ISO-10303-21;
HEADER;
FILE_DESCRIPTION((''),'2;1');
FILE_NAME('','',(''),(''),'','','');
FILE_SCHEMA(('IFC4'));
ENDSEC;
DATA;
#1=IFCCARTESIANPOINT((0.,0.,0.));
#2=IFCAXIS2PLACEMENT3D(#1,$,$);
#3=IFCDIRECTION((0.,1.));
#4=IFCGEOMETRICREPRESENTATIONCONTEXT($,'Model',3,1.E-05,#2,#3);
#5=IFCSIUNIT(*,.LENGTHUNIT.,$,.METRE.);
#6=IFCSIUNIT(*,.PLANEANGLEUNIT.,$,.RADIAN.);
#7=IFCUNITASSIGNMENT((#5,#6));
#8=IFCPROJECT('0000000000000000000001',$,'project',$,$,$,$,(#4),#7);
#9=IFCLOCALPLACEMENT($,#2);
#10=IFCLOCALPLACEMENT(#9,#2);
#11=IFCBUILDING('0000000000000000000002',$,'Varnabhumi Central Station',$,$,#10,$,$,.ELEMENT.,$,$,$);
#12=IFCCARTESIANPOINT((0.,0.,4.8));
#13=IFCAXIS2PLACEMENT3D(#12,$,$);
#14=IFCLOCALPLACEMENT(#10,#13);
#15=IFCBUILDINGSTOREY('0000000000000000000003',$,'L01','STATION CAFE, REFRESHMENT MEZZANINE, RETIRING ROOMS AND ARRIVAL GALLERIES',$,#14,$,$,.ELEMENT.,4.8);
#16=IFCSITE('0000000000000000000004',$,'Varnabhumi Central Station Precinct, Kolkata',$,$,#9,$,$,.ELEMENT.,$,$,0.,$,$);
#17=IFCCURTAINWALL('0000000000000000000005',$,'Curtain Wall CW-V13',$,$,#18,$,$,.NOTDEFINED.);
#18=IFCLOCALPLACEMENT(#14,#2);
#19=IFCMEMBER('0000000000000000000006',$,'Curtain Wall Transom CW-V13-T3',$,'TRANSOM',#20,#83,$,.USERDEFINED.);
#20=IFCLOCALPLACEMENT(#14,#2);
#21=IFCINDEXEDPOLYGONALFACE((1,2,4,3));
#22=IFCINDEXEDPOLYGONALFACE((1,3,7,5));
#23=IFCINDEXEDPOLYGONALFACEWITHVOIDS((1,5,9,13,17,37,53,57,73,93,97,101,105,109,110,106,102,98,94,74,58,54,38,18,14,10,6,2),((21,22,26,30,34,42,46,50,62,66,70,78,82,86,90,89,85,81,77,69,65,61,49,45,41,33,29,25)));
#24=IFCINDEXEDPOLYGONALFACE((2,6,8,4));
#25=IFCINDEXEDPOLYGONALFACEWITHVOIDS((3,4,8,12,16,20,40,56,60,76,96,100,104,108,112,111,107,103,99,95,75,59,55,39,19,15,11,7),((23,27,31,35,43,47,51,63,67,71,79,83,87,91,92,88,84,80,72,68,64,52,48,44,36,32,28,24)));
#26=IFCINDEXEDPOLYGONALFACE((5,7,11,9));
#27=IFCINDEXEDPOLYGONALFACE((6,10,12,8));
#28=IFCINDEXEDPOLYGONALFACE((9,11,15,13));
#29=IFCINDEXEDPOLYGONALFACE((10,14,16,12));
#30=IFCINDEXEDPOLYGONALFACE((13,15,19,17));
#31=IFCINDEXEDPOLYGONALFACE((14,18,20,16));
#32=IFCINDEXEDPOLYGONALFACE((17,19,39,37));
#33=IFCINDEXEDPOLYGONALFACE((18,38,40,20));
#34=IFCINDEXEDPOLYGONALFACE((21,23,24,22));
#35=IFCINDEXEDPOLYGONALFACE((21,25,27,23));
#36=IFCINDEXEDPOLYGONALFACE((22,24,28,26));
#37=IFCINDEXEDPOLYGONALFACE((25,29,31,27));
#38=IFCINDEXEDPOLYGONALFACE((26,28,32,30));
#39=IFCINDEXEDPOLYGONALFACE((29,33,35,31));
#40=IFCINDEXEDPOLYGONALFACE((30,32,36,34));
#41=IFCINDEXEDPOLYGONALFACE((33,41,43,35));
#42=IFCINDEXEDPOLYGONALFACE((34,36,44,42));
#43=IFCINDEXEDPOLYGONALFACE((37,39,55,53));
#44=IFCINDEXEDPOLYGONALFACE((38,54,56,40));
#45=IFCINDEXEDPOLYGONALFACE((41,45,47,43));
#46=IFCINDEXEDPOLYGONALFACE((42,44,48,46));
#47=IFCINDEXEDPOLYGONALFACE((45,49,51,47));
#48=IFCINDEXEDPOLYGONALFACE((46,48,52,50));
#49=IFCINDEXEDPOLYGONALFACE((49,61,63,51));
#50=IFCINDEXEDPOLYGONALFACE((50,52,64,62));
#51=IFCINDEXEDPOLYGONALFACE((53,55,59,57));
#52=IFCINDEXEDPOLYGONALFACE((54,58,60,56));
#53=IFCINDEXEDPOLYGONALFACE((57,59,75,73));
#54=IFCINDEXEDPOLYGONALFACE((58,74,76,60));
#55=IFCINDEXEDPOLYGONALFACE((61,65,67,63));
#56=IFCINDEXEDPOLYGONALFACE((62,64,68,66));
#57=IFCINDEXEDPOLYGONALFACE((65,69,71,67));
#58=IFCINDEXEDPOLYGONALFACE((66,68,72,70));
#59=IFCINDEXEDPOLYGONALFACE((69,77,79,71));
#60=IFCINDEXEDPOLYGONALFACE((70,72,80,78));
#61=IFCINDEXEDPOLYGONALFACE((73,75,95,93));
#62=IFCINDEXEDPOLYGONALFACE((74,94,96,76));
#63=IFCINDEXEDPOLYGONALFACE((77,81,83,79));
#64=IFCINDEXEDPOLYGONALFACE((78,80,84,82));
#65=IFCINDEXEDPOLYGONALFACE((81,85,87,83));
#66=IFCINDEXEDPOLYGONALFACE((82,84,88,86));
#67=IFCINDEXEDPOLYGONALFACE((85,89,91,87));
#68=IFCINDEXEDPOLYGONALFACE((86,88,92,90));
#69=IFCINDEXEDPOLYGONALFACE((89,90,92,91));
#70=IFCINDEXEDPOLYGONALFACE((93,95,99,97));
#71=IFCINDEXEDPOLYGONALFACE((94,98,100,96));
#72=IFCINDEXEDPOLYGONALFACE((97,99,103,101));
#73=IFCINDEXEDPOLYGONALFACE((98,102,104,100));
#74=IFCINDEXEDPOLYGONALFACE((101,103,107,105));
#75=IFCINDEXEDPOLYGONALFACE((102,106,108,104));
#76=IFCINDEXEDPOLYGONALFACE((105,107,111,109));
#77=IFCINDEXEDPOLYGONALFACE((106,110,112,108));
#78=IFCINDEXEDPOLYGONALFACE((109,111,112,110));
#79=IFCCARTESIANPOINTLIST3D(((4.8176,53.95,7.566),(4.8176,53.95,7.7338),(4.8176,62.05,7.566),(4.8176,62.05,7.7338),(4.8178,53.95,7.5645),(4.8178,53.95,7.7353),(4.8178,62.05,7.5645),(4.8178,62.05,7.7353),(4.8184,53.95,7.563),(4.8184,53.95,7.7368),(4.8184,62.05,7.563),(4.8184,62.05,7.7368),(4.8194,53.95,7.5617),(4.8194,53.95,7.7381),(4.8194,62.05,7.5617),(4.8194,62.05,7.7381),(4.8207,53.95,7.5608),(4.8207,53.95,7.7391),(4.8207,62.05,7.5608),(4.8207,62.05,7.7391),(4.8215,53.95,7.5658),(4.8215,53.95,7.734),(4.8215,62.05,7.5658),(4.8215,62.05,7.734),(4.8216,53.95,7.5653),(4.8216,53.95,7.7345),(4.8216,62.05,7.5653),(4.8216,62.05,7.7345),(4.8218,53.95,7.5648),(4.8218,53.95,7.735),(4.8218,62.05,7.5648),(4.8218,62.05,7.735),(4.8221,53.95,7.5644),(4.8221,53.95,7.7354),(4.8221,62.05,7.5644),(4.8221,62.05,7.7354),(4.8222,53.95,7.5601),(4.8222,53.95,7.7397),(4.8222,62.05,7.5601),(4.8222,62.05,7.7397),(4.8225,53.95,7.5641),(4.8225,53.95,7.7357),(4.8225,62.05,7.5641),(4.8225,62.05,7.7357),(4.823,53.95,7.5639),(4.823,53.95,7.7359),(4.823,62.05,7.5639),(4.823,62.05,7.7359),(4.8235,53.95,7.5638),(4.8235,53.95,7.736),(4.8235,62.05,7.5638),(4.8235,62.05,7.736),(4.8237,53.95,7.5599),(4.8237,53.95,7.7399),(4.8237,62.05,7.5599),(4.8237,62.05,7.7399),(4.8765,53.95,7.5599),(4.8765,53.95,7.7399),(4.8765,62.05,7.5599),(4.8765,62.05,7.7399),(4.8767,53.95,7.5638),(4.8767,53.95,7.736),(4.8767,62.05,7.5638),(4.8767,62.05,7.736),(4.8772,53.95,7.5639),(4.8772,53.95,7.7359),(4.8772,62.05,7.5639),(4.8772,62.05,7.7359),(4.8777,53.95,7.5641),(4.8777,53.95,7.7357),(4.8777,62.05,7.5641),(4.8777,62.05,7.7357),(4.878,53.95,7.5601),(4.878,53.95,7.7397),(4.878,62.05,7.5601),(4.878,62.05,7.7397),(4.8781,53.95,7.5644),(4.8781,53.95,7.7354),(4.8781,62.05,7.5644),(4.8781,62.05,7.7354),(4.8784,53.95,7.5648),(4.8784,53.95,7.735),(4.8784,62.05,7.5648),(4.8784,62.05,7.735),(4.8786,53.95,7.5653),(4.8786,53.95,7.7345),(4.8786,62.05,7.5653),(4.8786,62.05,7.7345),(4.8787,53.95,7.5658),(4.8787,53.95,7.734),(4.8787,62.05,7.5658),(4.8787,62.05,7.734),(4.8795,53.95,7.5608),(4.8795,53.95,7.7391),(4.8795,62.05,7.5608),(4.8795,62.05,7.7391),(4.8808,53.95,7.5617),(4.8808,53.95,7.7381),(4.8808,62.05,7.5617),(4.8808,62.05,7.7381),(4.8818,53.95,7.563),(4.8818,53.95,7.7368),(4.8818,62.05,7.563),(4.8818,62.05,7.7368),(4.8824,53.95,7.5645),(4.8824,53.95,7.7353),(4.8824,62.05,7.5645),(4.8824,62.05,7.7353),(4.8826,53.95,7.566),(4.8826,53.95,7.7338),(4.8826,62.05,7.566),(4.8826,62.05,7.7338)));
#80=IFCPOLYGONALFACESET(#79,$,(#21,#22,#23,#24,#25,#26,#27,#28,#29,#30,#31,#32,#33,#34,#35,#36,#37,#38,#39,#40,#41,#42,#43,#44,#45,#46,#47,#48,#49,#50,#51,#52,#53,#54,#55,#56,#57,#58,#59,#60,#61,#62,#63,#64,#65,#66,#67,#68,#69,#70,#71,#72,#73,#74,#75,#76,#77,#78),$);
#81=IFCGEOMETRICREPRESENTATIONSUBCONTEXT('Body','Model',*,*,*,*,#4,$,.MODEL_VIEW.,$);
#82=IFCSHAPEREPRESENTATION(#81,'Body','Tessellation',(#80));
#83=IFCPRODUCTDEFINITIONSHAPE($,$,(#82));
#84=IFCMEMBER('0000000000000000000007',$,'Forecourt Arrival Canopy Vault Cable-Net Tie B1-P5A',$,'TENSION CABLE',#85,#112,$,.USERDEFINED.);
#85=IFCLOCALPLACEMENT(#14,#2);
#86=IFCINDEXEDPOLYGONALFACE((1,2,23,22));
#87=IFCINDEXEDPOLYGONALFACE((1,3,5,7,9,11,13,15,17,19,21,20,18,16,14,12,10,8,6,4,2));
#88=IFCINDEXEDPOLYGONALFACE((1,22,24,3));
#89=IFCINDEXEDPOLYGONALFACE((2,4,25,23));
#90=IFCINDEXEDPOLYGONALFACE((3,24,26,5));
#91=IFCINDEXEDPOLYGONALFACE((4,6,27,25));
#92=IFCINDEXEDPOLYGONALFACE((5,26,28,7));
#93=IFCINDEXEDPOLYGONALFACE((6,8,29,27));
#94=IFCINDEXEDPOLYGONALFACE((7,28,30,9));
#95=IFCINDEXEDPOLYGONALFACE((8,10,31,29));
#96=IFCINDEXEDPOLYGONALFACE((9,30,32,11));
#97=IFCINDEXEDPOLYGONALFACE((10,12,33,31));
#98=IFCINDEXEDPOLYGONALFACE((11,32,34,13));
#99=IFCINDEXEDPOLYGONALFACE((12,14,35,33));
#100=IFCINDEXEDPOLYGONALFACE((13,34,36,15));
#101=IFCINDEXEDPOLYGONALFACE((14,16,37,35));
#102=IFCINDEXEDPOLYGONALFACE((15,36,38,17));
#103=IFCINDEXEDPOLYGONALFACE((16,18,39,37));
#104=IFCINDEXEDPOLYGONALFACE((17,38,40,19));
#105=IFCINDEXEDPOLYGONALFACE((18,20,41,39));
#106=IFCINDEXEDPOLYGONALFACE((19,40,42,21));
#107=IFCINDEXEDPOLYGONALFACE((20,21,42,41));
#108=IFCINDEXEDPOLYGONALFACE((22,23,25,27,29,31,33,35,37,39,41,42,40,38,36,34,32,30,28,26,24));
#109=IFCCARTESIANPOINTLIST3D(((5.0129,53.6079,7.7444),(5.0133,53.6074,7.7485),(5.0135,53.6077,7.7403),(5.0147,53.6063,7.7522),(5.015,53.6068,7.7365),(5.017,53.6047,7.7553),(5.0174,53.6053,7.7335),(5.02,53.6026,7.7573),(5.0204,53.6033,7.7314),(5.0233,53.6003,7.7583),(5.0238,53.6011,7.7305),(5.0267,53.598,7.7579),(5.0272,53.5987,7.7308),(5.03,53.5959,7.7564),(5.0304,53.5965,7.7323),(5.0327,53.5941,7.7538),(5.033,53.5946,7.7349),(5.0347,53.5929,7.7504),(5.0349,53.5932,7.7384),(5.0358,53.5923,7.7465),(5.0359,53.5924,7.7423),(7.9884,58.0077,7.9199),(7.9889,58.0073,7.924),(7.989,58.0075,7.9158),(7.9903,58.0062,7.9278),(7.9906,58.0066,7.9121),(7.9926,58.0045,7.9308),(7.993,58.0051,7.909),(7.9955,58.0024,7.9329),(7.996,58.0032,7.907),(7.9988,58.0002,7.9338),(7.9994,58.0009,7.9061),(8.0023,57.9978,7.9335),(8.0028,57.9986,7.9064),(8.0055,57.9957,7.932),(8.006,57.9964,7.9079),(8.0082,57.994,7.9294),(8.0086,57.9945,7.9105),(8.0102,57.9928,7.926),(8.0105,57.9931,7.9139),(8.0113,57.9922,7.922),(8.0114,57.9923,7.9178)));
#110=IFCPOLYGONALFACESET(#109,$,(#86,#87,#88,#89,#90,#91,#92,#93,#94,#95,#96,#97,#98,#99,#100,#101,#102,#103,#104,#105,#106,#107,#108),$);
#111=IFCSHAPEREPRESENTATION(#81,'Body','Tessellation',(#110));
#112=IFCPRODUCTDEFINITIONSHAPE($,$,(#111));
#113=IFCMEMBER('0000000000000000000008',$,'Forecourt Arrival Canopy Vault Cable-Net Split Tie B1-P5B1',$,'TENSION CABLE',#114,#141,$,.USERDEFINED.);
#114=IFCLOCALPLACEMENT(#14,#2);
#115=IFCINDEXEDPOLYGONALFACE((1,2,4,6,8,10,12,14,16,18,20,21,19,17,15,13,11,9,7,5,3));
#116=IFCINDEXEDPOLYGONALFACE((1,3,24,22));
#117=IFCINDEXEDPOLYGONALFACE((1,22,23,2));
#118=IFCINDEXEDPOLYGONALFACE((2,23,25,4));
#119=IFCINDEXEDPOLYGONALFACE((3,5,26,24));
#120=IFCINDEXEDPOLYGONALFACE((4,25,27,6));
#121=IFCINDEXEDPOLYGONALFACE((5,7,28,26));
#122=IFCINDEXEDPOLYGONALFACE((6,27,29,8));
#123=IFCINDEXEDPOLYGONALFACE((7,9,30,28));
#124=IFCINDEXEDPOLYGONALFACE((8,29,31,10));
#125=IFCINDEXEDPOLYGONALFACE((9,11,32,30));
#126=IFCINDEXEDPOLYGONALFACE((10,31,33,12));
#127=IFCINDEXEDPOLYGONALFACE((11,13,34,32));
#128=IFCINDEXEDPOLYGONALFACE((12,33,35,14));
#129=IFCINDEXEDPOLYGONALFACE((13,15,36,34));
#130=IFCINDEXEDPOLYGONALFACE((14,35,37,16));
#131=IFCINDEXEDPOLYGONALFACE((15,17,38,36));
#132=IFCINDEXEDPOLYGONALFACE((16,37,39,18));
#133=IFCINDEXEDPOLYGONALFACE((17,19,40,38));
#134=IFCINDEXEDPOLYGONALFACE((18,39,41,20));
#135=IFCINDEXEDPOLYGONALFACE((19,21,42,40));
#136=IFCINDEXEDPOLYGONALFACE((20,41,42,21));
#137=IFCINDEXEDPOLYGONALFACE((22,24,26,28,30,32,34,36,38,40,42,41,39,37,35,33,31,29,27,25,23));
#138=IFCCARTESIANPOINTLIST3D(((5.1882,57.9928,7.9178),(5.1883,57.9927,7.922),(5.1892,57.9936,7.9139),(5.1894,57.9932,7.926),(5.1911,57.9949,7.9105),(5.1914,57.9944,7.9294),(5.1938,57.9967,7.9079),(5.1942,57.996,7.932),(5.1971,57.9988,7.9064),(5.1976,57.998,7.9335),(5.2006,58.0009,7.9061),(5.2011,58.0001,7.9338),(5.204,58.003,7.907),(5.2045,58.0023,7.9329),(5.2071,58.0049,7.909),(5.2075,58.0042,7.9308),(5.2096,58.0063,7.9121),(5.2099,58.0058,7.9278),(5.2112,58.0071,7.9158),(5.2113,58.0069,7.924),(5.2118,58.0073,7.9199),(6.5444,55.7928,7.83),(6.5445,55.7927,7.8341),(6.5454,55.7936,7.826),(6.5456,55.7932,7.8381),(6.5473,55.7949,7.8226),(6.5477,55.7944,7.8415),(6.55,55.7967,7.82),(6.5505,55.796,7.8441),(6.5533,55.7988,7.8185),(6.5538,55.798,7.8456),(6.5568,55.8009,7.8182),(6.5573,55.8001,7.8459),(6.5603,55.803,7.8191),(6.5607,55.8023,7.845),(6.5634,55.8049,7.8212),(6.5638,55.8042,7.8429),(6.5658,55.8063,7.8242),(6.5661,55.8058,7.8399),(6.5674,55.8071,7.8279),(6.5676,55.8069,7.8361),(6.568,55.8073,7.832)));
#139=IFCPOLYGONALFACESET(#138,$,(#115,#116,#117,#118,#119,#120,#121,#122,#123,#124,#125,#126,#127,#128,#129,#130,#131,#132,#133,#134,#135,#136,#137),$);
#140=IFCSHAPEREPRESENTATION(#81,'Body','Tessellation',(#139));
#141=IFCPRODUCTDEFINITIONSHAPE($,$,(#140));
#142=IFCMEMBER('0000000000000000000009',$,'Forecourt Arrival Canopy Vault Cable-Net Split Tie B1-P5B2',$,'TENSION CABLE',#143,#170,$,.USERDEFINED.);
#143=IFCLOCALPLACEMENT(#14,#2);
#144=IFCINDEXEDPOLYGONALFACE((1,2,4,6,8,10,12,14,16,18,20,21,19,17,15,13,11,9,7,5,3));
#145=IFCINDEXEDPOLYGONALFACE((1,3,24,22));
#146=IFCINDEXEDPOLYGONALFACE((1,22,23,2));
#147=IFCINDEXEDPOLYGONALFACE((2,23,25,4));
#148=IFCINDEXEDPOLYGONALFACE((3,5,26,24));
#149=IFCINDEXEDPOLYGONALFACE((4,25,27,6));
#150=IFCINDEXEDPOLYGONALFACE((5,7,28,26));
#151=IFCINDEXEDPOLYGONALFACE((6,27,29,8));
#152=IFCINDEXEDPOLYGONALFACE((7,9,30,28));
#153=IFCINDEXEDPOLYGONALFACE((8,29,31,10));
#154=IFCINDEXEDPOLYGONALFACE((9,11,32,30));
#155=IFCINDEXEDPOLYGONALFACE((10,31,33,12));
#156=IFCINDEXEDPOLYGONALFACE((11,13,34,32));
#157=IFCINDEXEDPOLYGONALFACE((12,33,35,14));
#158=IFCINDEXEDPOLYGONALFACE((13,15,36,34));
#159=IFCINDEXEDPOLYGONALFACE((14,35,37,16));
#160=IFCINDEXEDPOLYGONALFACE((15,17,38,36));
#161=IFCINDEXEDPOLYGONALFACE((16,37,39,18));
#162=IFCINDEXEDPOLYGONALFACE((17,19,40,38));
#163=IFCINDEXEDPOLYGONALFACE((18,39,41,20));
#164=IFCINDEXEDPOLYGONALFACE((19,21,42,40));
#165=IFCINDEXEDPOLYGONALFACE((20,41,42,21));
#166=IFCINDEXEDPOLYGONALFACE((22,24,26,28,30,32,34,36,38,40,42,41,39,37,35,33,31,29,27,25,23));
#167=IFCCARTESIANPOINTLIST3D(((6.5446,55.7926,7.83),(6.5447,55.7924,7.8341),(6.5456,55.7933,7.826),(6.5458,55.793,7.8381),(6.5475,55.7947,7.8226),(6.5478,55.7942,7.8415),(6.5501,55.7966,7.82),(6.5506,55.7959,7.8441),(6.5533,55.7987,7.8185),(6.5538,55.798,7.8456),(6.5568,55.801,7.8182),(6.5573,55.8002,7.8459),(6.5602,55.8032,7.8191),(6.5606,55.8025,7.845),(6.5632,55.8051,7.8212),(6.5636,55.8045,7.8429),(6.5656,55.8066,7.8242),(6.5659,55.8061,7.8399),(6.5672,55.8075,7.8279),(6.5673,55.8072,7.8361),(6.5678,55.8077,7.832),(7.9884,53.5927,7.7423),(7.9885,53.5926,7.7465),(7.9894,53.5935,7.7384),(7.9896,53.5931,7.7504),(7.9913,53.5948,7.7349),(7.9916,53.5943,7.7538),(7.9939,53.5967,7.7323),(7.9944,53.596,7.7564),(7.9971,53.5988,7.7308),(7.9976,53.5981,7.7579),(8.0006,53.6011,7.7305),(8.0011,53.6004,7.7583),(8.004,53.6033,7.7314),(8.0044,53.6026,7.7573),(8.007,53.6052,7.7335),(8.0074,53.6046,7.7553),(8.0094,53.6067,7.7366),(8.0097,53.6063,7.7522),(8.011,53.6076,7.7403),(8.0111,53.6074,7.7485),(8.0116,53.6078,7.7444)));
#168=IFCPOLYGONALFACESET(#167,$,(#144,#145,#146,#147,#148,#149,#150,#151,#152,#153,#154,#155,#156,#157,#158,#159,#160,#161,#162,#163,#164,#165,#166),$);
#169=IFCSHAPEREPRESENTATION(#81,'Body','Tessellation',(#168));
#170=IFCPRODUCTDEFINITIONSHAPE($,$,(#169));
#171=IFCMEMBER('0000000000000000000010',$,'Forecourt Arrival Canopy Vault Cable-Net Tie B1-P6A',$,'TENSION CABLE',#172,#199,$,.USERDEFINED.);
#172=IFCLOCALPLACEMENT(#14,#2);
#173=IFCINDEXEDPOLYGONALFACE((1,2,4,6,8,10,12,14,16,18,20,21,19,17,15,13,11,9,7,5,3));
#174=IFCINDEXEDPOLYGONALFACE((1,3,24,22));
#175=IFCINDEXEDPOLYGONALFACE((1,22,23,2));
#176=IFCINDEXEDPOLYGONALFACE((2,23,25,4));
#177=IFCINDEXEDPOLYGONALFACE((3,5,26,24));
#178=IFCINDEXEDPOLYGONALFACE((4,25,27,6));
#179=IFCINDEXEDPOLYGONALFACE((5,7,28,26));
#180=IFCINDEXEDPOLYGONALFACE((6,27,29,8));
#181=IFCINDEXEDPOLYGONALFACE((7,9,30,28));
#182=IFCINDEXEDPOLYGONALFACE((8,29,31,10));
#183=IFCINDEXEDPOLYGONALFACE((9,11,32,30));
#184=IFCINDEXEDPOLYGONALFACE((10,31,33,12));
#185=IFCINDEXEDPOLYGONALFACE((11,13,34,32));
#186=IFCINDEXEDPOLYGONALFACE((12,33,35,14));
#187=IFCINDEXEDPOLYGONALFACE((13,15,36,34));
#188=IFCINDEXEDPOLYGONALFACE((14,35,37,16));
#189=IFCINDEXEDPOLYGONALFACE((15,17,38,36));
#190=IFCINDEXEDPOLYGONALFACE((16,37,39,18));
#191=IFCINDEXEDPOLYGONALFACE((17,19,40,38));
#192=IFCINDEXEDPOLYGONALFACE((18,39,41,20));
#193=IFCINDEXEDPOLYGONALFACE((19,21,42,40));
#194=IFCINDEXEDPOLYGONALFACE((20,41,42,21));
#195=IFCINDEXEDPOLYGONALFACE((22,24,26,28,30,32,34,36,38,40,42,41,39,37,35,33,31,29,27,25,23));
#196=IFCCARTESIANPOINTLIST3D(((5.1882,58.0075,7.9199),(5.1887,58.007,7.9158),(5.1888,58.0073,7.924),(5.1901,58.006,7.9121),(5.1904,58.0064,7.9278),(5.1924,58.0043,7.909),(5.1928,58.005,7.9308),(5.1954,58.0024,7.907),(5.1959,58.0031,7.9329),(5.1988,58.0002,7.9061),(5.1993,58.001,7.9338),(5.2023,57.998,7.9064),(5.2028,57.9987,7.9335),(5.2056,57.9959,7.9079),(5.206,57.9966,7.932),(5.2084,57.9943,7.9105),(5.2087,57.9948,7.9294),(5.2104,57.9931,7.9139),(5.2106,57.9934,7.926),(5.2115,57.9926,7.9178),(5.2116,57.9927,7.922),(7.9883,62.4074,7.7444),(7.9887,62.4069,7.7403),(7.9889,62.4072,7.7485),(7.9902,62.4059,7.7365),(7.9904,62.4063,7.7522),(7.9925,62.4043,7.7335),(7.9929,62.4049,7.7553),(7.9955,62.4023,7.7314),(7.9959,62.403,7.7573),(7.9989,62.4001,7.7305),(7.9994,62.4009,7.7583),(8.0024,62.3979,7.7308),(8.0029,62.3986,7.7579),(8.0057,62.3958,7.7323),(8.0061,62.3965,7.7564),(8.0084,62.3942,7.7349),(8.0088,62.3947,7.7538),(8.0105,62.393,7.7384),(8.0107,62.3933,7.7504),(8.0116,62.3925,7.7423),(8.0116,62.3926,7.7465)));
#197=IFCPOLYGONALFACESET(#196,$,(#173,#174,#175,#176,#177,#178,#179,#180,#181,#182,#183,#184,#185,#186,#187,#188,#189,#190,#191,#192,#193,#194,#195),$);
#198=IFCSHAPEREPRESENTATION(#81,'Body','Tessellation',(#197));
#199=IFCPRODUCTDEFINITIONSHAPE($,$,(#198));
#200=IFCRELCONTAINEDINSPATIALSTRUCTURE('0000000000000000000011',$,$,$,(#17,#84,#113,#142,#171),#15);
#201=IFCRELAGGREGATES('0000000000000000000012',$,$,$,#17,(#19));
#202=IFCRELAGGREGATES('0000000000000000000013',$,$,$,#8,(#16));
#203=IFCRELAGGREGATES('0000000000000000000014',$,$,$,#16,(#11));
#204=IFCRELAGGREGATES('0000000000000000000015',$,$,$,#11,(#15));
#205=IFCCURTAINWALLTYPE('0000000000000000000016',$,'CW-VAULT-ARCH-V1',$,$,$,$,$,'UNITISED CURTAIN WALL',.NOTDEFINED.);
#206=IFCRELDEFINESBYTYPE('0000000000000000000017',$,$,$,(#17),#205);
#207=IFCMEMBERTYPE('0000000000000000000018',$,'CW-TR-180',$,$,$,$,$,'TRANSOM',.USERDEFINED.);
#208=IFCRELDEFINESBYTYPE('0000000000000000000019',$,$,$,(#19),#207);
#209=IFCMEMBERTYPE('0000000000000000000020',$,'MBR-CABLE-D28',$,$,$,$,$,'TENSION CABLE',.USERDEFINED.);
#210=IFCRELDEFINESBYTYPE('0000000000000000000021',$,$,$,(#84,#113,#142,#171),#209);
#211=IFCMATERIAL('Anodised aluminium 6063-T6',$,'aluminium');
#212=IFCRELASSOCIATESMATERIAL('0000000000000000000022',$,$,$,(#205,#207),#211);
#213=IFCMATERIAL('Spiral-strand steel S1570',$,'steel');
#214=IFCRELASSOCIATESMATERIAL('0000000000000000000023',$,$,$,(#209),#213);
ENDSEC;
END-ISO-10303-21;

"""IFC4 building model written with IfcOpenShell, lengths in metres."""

from ifc_helpers import new_model, si_unit, direction, frame, origin, origin_2d, place, context, subcontext, project, spatial, hollow_rectangle, circle, extrude, material, material_profile, profile_set, type_object, element, aggregate, save


model = new_model("IFC4")

# Units and contexts
model_context = context("Model", 3, precision=1e-05, world=origin(), true_north=direction((0.0, 1.0)))
body_context = subcontext(model_context, "Body", "Model", "MODEL_VIEW")
ifc_project = project(units=[si_unit("LENGTHUNIT", "METRE"), si_unit("PLANEANGLEUNIT", "RADIAN")], contexts=[model_context])

# Site, building, storey
site_placement = place(None, origin())
site = spatial("IfcSite", under=ifc_project, at=site_placement, Name="Varnabhumi Central Station Precinct, Kolkata", CompositionType="ELEMENT", RefElevation=0.0)
building_placement = place(site_placement, origin())
building = spatial("IfcBuilding", under=site, at=building_placement, Name="Varnabhumi Central Station", CompositionType="ELEMENT")
storey_placement = place(building_placement, frame((0.0, 0.0, 4.8)))
storey = spatial("IfcBuildingStorey", under=building, at=storey_placement, Name="L01", Description="STATION CAFE, REFRESHMENT MEZZANINE, RETIRING ROOMS AND ARRIVAL GALLERIES", CompositionType="ELEMENT", Elevation=4.8)

# Shared definitions
ifc_material_1 = material(Name="Anodised aluminium 6063-T6", Category="aluminium")
curtain_wall_type = type_object("IfcCurtainWallType", Name="CW-VAULT-ARCH-V1", ElementType="UNITISED CURTAIN WALL", PredefinedType="NOTDEFINED", material=ifc_material_1)

# Curtain wall, member
curtain_wall_1_placement = place(storey_placement, origin())
curtain_wall_1 = element("IfcCurtainWall", 1, at=curtain_wall_1_placement, inside=storey, type_object=curtain_wall_type, Name="Curtain Wall CW-V13", PredefinedType="NOTDEFINED")
ifc_material_profile_1 = material_profile(ifc_material_1, hollow_rectangle(XDim=0.0649, YDim=0.1799, WallThickness=0.0039, InnerFilletRadius=0.002, OuterFilletRadius=0.0061, at=origin_2d()), Name="Anodised aluminium 6063-T6", Category="aluminium")
ifc_profile_set_1 = profile_set([ifc_material_profile_1], Name="Anodised aluminium 6063-T6")
member_type_1 = type_object("IfcMemberType", Name="CW-TR-180", ElementType="TRANSOM", PredefinedType="USERDEFINED", material=ifc_profile_set_1)
member_1_placement = place(storey_placement, frame((4.8501, 53.95, 7.6499), z_axis=(0.0, 1.0, 0.0), x_axis=(-1.0, 0.0, 0.0)))
member_1 = element("IfcMember", 2, at=member_1_placement, type_object=member_type_1, Name="Curtain Wall Transom CW-V13-T3", ObjectType="TRANSOM", PredefinedType="USERDEFINED", context=body_context, shape_type="SweptSolid", body=[
    extrude(hollow_rectangle(XDim=0.0649, YDim=0.1799, WallThickness=0.0039, InnerFilletRadius=0.002, OuterFilletRadius=0.0061, at=origin_2d()), origin(), (0.0, 0.0, 1.0), 8.1001),
])

# Members
ifc_material_2 = material(Name="Spiral-strand steel S1570", Category="steel")
ifc_material_profile_2 = material_profile(ifc_material_2, circle(Radius=0.0139, at=origin_2d()), Name="Spiral-strand steel S1570", Category="steel")
ifc_profile_set_2 = profile_set([ifc_material_profile_2], Name="Spiral-strand steel S1570")
member_type_2 = type_object("IfcMemberType", Name="MBR-CABLE-D28", ElementType="TENSION CABLE", PredefinedType="USERDEFINED", material=ifc_profile_set_2)
member_2_placement = place(storey_placement, frame((5.0244, 53.6001, 7.7444), z_axis=(0.559898, 0.827903, 0.03303), x_axis=(-0.828355, 0.560204, 0.0)))
element("IfcMember", 3, at=member_2_placement, inside=storey, type_object=member_type_2, Name="Forecourt Arrival Canopy Vault Cable-Net Tie B1-P5A", ObjectType="TENSION CABLE", PredefinedType="USERDEFINED", context=body_context, shape_type="SweptSolid", body=[
    extrude(circle(Radius=0.0139, at=origin_2d()), origin(), (0.0, 0.0, 1.0), 5.3145),
])
member_3_placement = place(storey_placement, frame((5.2, 58.0, 7.9199), z_axis=(0.524463, -0.850754, -0.033989), x_axis=(0.851246, 0.524767, 0.0)))
element("IfcMember", 4, at=member_3_placement, inside=storey, type_object=member_type_2, Name="Forecourt Arrival Canopy Vault Cable-Net Split Tie B1-P5B1", ObjectType="TENSION CABLE", PredefinedType="USERDEFINED", context=body_context, shape_type="SweptSolid", body=[
    extrude(circle(Radius=0.0139, at=origin_2d()), origin(), (0.0, 0.0, 1.0), 2.5859),
])
member_4_placement = place(storey_placement, frame((6.5562, 55.8, 7.832), z_axis=(0.548387, -0.835562, -0.033289), x_axis=(0.836025, 0.548691, 0.0)))
element("IfcMember", 5, at=member_4_placement, inside=storey, type_object=member_type_2, Name="Forecourt Arrival Canopy Vault Cable-Net Split Tie B1-P5B2", ObjectType="TENSION CABLE", PredefinedType="USERDEFINED", context=body_context, shape_type="SweptSolid", body=[
    extrude(circle(Radius=0.0139, at=origin_2d()), origin(), (0.0, 0.0, 1.0), 2.6328),
])
member_5_placement = place(storey_placement, frame((5.2, 58.0, 7.9199), z_axis=(0.536587, 0.843174, -0.033639), x_axis=(-0.843652, 0.536891, 0.0)))
element("IfcMember", 6, at=member_5_placement, inside=storey, type_object=member_type_2, Name="Forecourt Arrival Canopy Vault Cable-Net Tie B1-P6A", ObjectType="TENSION CABLE", PredefinedType="USERDEFINED", context=body_context, shape_type="SweptSolid", body=[
    extrude(circle(Radius=0.0139, at=origin_2d()), origin(), (0.0, 0.0, 1.0), 5.2183),
])

aggregate(curtain_wall_1, [member_1])

save(model, "model.ifc")
